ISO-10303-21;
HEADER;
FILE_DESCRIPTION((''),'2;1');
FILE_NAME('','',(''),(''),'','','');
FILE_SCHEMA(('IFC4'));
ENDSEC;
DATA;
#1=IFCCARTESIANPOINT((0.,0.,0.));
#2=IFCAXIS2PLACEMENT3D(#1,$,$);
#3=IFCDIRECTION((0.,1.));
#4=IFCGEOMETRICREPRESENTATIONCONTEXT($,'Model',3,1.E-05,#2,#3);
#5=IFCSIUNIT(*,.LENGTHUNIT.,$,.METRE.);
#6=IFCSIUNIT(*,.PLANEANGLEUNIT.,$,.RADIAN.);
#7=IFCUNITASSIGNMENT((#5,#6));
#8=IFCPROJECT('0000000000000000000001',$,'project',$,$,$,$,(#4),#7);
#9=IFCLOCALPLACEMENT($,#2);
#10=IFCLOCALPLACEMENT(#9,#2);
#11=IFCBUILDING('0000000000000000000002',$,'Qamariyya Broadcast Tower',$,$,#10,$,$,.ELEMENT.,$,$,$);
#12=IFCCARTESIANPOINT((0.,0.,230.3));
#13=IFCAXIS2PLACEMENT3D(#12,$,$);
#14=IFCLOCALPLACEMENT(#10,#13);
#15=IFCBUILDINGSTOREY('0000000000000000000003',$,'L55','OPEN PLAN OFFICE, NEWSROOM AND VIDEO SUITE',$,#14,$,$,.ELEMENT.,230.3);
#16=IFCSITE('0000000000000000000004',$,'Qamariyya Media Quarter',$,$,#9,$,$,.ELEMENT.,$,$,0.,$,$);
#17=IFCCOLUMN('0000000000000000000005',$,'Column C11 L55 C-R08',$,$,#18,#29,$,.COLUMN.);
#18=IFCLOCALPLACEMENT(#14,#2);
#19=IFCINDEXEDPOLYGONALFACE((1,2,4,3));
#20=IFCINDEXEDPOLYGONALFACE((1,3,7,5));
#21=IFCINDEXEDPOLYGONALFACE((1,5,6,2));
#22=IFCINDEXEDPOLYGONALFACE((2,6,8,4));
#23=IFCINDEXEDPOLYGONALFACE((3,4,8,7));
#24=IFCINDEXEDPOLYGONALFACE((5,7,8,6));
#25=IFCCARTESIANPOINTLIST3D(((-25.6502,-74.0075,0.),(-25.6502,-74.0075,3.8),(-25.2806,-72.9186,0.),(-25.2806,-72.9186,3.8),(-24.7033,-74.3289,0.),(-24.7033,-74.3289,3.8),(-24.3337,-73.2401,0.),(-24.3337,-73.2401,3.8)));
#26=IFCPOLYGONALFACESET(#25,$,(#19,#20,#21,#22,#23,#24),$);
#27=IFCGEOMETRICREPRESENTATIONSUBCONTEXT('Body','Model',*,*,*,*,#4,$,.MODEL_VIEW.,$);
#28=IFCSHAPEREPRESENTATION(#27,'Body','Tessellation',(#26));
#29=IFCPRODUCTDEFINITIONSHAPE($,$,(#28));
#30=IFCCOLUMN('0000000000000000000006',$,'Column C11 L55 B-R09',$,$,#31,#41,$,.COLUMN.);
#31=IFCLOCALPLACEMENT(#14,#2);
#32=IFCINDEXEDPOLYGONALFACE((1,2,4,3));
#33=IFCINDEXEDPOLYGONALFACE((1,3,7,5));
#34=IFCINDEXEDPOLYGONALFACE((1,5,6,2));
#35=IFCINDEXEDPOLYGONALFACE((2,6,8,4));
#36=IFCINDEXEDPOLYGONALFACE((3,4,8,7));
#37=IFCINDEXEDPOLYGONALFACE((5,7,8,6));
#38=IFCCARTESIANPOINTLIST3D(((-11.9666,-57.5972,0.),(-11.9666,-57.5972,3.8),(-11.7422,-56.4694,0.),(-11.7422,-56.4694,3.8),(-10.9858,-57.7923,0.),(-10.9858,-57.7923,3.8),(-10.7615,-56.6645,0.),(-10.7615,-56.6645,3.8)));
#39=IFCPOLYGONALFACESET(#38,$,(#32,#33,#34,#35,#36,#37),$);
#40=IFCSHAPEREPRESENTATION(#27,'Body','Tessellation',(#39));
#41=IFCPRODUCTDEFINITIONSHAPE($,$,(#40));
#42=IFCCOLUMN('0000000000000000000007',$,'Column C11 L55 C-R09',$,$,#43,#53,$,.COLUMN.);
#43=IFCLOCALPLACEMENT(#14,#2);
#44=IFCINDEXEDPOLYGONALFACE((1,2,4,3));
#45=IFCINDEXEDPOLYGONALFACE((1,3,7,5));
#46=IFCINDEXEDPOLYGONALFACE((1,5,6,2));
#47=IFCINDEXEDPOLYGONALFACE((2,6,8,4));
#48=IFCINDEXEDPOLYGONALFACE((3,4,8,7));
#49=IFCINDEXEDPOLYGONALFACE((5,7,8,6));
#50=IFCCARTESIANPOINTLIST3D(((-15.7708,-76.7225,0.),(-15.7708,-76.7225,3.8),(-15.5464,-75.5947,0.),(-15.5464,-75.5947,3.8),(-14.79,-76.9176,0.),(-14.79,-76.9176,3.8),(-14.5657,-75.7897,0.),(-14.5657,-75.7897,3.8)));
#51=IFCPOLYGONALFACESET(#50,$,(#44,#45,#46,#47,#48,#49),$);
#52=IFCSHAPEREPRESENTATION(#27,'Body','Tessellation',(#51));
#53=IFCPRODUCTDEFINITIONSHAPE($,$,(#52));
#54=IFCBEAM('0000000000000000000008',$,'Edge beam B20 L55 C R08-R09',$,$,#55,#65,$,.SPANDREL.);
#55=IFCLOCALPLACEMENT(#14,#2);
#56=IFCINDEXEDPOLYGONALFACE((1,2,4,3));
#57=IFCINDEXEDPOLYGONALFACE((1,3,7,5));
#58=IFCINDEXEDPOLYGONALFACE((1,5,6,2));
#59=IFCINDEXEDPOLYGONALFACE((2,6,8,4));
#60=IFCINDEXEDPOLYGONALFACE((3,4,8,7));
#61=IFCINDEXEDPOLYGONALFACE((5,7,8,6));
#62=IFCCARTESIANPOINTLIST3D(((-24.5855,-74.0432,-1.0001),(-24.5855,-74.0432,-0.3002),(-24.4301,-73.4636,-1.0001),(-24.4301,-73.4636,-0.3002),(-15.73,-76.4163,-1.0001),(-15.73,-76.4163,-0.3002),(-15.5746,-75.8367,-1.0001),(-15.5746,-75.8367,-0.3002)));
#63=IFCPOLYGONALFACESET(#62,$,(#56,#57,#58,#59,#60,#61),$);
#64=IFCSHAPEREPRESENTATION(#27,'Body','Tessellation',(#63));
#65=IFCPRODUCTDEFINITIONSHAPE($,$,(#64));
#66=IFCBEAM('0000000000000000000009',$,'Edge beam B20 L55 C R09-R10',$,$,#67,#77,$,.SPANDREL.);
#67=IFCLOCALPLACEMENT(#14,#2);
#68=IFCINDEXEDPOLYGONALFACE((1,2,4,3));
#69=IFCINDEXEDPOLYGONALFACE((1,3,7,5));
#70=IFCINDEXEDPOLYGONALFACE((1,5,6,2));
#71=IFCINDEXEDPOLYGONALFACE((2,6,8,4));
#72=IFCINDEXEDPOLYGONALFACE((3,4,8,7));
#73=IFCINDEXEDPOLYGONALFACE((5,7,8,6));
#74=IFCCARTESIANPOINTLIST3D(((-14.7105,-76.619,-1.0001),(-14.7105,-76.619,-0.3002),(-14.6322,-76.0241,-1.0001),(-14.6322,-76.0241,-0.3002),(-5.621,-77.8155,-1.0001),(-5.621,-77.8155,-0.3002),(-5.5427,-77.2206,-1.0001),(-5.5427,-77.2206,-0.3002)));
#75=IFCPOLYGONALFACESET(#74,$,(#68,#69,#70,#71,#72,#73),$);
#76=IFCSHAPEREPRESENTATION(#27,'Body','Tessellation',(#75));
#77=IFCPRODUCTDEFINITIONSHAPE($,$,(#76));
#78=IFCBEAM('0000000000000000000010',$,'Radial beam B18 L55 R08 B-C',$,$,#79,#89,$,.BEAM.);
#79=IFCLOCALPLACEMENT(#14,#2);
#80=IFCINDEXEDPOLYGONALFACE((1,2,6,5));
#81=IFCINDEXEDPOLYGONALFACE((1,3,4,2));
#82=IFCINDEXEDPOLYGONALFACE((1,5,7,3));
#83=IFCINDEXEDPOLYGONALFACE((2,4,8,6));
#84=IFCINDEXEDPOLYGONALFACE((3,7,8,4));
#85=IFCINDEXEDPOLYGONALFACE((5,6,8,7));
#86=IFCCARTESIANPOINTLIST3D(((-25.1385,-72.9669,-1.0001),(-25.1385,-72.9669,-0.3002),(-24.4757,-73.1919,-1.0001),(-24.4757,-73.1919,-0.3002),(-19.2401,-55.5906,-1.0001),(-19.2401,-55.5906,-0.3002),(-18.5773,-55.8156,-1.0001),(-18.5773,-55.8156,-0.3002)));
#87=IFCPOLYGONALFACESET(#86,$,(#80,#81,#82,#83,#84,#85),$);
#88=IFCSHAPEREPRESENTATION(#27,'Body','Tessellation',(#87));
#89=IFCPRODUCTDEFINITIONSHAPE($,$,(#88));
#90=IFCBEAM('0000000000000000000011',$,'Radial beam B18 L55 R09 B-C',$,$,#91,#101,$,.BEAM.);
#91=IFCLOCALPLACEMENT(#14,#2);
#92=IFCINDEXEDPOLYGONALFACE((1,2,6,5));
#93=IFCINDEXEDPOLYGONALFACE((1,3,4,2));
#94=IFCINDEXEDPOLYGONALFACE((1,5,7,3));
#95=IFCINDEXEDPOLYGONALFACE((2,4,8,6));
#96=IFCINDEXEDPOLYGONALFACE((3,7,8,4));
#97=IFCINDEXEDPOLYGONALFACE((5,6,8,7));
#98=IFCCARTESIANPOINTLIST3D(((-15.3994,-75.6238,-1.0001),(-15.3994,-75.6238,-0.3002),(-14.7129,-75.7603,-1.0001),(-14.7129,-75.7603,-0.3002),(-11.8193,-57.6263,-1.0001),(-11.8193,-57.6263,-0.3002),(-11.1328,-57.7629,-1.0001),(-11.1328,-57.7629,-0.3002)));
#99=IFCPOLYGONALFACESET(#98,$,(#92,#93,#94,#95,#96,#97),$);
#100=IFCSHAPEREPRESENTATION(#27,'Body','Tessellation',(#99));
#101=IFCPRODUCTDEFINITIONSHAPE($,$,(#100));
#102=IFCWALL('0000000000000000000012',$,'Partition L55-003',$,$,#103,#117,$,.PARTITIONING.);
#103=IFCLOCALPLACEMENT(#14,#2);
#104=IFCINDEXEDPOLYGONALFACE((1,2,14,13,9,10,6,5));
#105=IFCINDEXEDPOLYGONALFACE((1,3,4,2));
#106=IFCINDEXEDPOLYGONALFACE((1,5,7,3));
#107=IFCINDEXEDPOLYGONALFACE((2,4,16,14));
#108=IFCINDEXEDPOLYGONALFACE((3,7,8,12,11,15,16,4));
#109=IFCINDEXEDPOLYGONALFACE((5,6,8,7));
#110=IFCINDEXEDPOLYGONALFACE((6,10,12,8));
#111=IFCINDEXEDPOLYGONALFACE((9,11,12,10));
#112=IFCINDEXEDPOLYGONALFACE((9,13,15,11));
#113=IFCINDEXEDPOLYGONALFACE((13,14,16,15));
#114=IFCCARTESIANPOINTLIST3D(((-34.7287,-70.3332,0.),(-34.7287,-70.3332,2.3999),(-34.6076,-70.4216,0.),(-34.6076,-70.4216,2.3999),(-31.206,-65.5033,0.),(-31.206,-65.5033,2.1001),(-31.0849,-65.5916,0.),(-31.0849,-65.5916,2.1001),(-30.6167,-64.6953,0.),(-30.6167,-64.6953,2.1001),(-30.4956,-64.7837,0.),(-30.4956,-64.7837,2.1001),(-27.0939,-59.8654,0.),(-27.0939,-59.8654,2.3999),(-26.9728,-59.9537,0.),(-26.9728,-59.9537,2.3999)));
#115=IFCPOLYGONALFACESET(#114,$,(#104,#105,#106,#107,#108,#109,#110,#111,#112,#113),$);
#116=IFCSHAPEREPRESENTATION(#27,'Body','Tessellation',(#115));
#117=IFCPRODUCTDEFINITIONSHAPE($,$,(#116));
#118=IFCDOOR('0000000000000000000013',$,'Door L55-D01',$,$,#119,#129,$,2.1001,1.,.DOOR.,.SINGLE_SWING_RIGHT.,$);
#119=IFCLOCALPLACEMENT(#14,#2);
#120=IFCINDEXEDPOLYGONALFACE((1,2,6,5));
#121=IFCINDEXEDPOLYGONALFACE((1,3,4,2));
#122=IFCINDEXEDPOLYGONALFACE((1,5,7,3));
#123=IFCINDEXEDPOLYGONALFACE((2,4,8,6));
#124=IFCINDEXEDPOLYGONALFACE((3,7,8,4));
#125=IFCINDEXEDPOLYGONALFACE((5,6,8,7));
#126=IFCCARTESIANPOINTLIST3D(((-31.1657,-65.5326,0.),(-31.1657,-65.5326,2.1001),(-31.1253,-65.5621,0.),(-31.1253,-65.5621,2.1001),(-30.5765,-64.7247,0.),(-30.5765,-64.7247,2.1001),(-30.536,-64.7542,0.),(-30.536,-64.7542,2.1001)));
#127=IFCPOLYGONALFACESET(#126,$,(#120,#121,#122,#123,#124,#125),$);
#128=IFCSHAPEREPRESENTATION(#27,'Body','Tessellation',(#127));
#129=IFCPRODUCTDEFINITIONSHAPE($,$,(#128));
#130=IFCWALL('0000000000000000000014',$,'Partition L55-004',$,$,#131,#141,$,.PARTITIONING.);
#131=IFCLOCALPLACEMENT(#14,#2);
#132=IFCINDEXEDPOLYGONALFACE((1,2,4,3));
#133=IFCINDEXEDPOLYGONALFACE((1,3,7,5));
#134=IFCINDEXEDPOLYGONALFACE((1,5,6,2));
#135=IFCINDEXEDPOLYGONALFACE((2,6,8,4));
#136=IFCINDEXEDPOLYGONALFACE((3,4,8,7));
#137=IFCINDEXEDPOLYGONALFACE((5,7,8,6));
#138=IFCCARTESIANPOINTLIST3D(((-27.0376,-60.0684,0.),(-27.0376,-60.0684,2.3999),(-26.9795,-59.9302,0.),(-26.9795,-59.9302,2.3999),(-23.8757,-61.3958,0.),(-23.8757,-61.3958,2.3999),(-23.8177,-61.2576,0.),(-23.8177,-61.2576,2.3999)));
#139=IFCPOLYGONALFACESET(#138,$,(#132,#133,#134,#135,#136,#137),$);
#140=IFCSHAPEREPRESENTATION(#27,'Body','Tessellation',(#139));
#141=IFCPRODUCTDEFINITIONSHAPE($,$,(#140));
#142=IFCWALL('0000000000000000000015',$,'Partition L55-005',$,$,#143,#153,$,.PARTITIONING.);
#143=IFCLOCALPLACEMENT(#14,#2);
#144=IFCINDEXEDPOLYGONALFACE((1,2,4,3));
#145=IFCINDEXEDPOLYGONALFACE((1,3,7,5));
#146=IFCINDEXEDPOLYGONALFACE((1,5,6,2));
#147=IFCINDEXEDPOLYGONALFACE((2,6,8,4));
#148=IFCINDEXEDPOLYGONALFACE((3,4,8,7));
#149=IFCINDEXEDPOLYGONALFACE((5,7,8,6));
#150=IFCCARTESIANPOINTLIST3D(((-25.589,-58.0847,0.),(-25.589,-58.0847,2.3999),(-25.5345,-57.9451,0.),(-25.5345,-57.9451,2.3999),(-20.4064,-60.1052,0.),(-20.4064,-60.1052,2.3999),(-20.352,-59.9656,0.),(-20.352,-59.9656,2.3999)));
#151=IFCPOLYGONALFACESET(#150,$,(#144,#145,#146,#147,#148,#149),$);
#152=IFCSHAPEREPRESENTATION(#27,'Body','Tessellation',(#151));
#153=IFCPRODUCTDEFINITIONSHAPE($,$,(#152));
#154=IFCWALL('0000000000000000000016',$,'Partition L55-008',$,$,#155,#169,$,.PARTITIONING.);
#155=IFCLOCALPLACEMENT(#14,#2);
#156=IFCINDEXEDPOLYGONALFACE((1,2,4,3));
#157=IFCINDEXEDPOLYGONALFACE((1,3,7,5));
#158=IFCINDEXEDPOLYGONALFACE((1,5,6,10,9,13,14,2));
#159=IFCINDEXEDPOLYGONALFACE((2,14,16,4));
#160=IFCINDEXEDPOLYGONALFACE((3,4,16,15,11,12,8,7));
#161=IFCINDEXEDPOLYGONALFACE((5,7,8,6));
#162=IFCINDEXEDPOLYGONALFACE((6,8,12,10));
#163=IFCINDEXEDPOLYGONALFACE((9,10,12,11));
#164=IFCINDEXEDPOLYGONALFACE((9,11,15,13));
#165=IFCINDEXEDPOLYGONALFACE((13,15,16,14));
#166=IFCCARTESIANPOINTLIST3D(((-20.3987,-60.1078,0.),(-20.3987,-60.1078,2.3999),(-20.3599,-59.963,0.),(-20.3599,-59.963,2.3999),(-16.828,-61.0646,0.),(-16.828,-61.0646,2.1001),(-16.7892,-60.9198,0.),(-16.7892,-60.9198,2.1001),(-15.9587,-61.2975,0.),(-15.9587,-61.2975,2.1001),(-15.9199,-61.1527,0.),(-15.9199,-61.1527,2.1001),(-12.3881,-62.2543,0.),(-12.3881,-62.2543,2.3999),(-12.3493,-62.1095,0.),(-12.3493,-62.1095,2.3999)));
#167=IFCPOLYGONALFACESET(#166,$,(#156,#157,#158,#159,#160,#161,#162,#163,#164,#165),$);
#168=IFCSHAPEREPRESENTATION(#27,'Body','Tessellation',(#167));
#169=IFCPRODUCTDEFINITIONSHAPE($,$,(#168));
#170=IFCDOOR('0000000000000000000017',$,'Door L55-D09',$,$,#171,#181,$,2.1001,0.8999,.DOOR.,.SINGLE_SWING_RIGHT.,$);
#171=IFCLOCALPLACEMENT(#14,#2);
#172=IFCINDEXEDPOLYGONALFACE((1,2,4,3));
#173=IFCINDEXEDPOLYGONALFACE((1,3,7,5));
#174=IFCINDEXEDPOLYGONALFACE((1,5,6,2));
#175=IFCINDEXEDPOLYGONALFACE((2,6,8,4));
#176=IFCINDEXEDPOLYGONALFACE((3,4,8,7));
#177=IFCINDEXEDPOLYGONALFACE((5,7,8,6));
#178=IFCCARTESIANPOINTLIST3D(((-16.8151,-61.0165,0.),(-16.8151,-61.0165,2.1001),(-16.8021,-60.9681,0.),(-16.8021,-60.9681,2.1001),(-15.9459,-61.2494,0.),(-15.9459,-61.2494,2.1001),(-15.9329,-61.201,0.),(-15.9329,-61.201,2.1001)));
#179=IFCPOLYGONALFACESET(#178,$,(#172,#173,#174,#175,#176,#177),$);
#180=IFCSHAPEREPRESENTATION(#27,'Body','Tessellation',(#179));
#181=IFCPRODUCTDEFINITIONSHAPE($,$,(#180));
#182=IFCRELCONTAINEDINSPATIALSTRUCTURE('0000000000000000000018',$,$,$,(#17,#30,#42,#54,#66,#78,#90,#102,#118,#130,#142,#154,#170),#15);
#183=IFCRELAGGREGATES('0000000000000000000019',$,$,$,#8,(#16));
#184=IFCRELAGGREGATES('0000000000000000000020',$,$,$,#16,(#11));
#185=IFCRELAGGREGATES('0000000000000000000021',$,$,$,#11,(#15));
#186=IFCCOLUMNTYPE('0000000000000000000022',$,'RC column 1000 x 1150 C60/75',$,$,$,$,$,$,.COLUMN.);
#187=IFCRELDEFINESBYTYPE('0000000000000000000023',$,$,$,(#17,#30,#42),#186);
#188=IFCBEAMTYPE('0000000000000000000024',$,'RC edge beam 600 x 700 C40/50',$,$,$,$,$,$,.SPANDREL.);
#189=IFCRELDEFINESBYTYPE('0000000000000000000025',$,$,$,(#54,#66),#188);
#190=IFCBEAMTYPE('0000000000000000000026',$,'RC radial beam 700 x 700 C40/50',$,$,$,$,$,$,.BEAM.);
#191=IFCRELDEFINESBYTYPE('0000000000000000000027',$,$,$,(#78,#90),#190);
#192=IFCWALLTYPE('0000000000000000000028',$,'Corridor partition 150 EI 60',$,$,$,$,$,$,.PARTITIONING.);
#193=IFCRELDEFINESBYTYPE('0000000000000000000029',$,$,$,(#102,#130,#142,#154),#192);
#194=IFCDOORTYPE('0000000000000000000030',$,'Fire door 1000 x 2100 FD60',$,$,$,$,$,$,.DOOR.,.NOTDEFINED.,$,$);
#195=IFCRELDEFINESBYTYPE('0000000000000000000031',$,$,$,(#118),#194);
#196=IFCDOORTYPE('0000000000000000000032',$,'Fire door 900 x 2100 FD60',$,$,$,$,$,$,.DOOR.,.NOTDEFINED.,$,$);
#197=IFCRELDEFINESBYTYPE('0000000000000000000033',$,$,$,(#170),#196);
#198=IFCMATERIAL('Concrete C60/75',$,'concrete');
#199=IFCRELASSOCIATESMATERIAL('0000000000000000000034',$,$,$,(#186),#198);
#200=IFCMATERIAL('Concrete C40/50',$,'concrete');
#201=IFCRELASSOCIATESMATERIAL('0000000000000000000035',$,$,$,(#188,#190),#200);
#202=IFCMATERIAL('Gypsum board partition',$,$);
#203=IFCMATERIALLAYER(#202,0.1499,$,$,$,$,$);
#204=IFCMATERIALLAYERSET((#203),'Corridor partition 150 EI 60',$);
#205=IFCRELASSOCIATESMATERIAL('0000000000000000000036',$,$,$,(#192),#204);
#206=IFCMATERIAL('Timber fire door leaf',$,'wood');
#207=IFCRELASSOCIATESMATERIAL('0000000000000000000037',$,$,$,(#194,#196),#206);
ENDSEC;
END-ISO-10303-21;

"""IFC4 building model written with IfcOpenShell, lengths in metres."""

from ifc_helpers import new_model, si_unit, direction, frame, frame_2d, origin, origin_2d, place, context, subcontext, project, spatial, rectangle, extrude, material, layer, layer_set, material_profile, profile_set, type_object, element, fill, save


model = new_model("IFC4")

# Units and contexts
model_context = context("Model", 3, precision=1e-05, world=origin(), true_north=direction((0.0, 1.0)))
body_context = subcontext(model_context, "Body", "Model", "MODEL_VIEW")
ifc_project = project(units=[si_unit("LENGTHUNIT", "METRE"), si_unit("PLANEANGLEUNIT", "RADIAN")], contexts=[model_context])

# Site, building, storey
site_placement = place(None, origin())
site = spatial("IfcSite", under=ifc_project, at=site_placement, Name="Qamariyya Media Quarter", CompositionType="ELEMENT", RefElevation=0.0)
building_placement = place(site_placement, origin())
building = spatial("IfcBuilding", under=site, at=building_placement, Name="Qamariyya Broadcast Tower", CompositionType="ELEMENT")
storey_placement = place(building_placement, frame((0.0, 0.0, 230.3)))
storey = spatial("IfcBuildingStorey", under=building, at=storey_placement, Name="L55", Description="OPEN PLAN OFFICE, NEWSROOM AND VIDEO SUITE", CompositionType="ELEMENT", Elevation=230.3)

# Columns
ifc_material_1 = material(Name="Concrete C60/75", Category="concrete")
ifc_material_profile_1 = material_profile(ifc_material_1, rectangle(XDim=1.0, YDim=1.1499, at=origin_2d()))
ifc_profile_set_1 = profile_set([ifc_material_profile_1], Name="Concrete C60/75")
column_type = type_object("IfcColumnType", Name="RC column 1000 x 1150 C60/75", PredefinedType="COLUMN", material=ifc_profile_set_1)
for number, where, z_axis, x_axis, name in (
    (1, (-24.9919, -73.6238, 0.0), (0.0, 0.0, 1.0), (0.94693, -0.321439, 0.0), "Column C11 L55 C-R08"),
    (2, (-11.364, -57.1309, 0.0), (0.0, 0.0, 1.0), (0.980785, -0.19509, 0.0), "Column C11 L55 B-R09"),
    (3, (-15.1682, -76.2561, 0.0), (0.0, 0.0, 1.0), (0.980785, -0.19509, 0.0), "Column C11 L55 C-R09"),
):
    element("IfcColumn", number, at=place(storey_placement, frame(where, z_axis=z_axis, x_axis=x_axis)), inside=storey, type_object=column_type, Name=name, PredefinedType="COLUMN", context=body_context, shape_type="SweptSolid", body=[
        extrude(rectangle(XDim=1.0, YDim=1.1499, at=origin_2d()), origin(), (0.0, 0.0, 1.0), 3.8),
    ])

# Beams
ifc_material_2 = material(Name="Concrete C40/50", Category="concrete")
ifc_material_profile_2 = material_profile(ifc_material_2, rectangle(XDim=0.6001, YDim=0.7, at=origin_2d()))
ifc_profile_set_2 = profile_set([ifc_material_profile_2], Name="Concrete C40/50")
beam_type_1 = type_object("IfcBeamType", Name="RC edge beam 600 x 700 C40/50", PredefinedType="SPANDREL", material=ifc_profile_set_2)
for number, where, z_axis, x_axis, name in (
    (4, (-24.5078, -73.7534, -0.6501), (0.96592, -0.258843, 0.0), (0.258843, 0.96592, 0.0), "Edge beam B20 L55 C R08-R09"),
    (5, (-14.6714, -76.3215, -0.6501), (0.991447, -0.130512, 0.0), (0.130512, 0.991447, 0.0), "Edge beam B20 L55 C R09-R10"),
):
    element("IfcBeam", number, at=place(storey_placement, frame(where, z_axis=z_axis, x_axis=x_axis)), inside=storey, type_object=beam_type_1, Name=name, PredefinedType="SPANDREL", context=body_context, shape_type="SweptSolid", body=[
        extrude(rectangle(XDim=0.6001, YDim=0.7, at=origin_2d()), origin(), (0.0, 0.0, 1.0), 9.168),
    ])
ifc_material_profile_3 = material_profile(ifc_material_2, rectangle(XDim=0.7, YDim=0.7, at=origin_2d()))
ifc_profile_set_3 = profile_set([ifc_material_profile_3], Name="Concrete C40/50")
beam_type_2 = type_object("IfcBeamType", Name="RC radial beam 700 x 700 C40/50", PredefinedType="BEAM", material=ifc_profile_set_3)
for number, where, z_axis, x_axis, name in (
    (6, (-18.9087, -55.7031, -0.6501), (-0.32144, -0.94693, 0.0), (0.94693, -0.32144, 0.0), "Radial beam B18 L55 R08 B-C"),
    (7, (-11.4761, -57.6946, -0.6501), (-0.195098, -0.980784, 0.0), (0.980784, -0.195098, 0.0), "Radial beam B18 L55 R09 B-C"),
):
    element("IfcBeam", number, at=place(storey_placement, frame(where, z_axis=z_axis, x_axis=x_axis)), inside=storey, type_object=beam_type_2, Name=name, PredefinedType="BEAM", context=body_context, shape_type="SweptSolid", body=[
        extrude(rectangle(XDim=0.7, YDim=0.7, at=origin_2d()), origin(), (0.0, 0.0, 1.0), 18.3501),
    ])

# Wall, opening, door
ifc_material_3 = material(Name="Gypsum board partition")
ifc_layer_1 = layer(ifc_material_3, 0.1499)
ifc_layer_set_1 = layer_set([ifc_layer_1], Name="Corridor partition 150 EI 60")
wall_type_1 = type_object("IfcWallType", Name="Corridor partition 150 EI 60", PredefinedType="PARTITIONING", material=ifc_layer_set_1)
wall_1_placement = place(storey_placement, frame((-27.0334, -59.9097, 0.0), z_axis=(0.0, 0.0, 1.0), x_axis=(-0.589274, -0.807934, 0.0)))
wall_1 = element("IfcWall", 8, at=wall_1_placement, inside=storey, type_object=wall_type_1, Name="Partition L55-003", PredefinedType="PARTITIONING", context=body_context, shape_type="SweptSolid", body=[
    extrude(rectangle(XDim=12.9563, YDim=0.1499, at=frame_2d((6.478, 0.0))), origin(), (0.0, 0.0, 1.0), 2.3999),
])
opening_1_placement = place(wall_1_placement, frame((5.978, 0.0, 0.0)))
opening_1 = element("IfcOpeningElement", 9, at=opening_1_placement, cuts=wall_1, PredefinedType="OPENING", context=body_context, shape_type="SweptSolid", body=[
    extrude(rectangle(XDim=1.0, YDim=2.1001, at=frame_2d((0.5, 1.05))), frame((0.0, 0.085, 0.0), z_axis=(0.0, -1.0, 0.0), x_axis=(1.0, 0.0, 0.0)), (0.0, 0.0, 1.0), 0.1699),
])
ifc_material_4 = material(Name="Timber fire door leaf", Category="wood")
door_type_1 = type_object("IfcDoorType", Name="Fire door 1000 x 2100 FD60", OperationType="NOTDEFINED", PredefinedType="DOOR", material=ifc_material_4)
door_1_placement = place(opening_1_placement, origin())
door_1 = element("IfcDoor", 10, at=door_1_placement, inside=storey, type_object=door_type_1, Name="Door L55-D01", OperationType="SINGLE_SWING_RIGHT", OverallHeight=2.1001, OverallWidth=1.0, PredefinedType="DOOR", context=body_context, shape_type="SweptSolid", body=[
    extrude(rectangle(XDim=1.0, YDim=2.1001, at=frame_2d((0.5, 1.05))), frame((0.0, 0.0249, 0.0), z_axis=(0.0, -1.0, 0.0), x_axis=(1.0, 0.0, 0.0)), (0.0, 0.0, 1.0), 0.05),
])
fill(opening_1, door_1)

# Walls
wall_2_placement = place(storey_placement, frame((-27.0085, -59.9993, 0.0), z_axis=(0.0, 0.0, 1.0), x_axis=(0.922044, -0.387086, 0.0)))
element("IfcWall", 11, at=wall_2_placement, inside=storey, type_object=wall_type_1, Name="Partition L55-004", PredefinedType="PARTITIONING", context=body_context, shape_type="SweptSolid", body=[
    extrude(rectangle(XDim=3.4292, YDim=0.1499, at=frame_2d((1.7146, 0.0))), origin(), (0.0, 0.0, 1.0), 2.3999),
])
wall_3_placement = place(storey_placement, frame((-25.5618, -58.0149, 0.0), z_axis=(0.0, 0.0, 1.0), x_axis=(0.931698, -0.363234, 0.0)))
element("IfcWall", 12, at=wall_3_placement, inside=storey, type_object=wall_type_1, Name="Partition L55-005", PredefinedType="PARTITIONING", context=body_context, shape_type="SweptSolid", body=[
    extrude(rectangle(XDim=5.5625, YDim=0.1499, at=frame_2d((2.7812, 0.0))), origin(), (0.0, 0.0, 1.0), 2.3999),
])

# Wall, opening, door
wall_4_placement = place(storey_placement, frame((-20.3792, -60.0354, 0.0), z_axis=(0.0, 0.0, 1.0), x_axis=(0.965923, -0.258828, 0.0)))
wall_4 = element("IfcWall", 13, at=wall_4_placement, inside=storey, type_object=wall_type_1, Name="Partition L55-008", PredefinedType="PARTITIONING", context=body_context, shape_type="SweptSolid", body=[
    extrude(rectangle(XDim=8.2932, YDim=0.1499, at=frame_2d((4.1465, 0.0))), origin(), (0.0, 0.0, 1.0), 2.3999),
])
opening_2_placement = place(wall_4_placement, frame((3.6965, 0.0, 0.0)))
opening_2 = element("IfcOpeningElement", 14, at=opening_2_placement, cuts=wall_4, PredefinedType="OPENING", context=body_context, shape_type="SweptSolid", body=[
    extrude(rectangle(XDim=0.8999, YDim=2.1001, at=frame_2d((0.45, 1.05))), frame((0.0, 0.085, 0.0), z_axis=(0.0, -1.0, 0.0), x_axis=(1.0, 0.0, 0.0)), (0.0, 0.0, 1.0), 0.1699),
])
door_type_2 = type_object("IfcDoorType", Name="Fire door 900 x 2100 FD60", OperationType="NOTDEFINED", PredefinedType="DOOR", material=ifc_material_4)
door_2_placement = place(opening_2_placement, origin())
door_2 = element("IfcDoor", 15, at=door_2_placement, inside=storey, type_object=door_type_2, Name="Door L55-D09", OperationType="SINGLE_SWING_RIGHT", OverallHeight=2.1001, OverallWidth=0.8999, PredefinedType="DOOR", context=body_context, shape_type="SweptSolid", body=[
    extrude(rectangle(XDim=0.8999, YDim=2.1001, at=frame_2d((0.45, 1.05))), frame((0.0, 0.0249, 0.0), z_axis=(0.0, -1.0, 0.0), x_axis=(1.0, 0.0, 0.0)), (0.0, 0.0, 1.0), 0.05),
])
fill(opening_2, door_2)

save(model, "model.ifc")
